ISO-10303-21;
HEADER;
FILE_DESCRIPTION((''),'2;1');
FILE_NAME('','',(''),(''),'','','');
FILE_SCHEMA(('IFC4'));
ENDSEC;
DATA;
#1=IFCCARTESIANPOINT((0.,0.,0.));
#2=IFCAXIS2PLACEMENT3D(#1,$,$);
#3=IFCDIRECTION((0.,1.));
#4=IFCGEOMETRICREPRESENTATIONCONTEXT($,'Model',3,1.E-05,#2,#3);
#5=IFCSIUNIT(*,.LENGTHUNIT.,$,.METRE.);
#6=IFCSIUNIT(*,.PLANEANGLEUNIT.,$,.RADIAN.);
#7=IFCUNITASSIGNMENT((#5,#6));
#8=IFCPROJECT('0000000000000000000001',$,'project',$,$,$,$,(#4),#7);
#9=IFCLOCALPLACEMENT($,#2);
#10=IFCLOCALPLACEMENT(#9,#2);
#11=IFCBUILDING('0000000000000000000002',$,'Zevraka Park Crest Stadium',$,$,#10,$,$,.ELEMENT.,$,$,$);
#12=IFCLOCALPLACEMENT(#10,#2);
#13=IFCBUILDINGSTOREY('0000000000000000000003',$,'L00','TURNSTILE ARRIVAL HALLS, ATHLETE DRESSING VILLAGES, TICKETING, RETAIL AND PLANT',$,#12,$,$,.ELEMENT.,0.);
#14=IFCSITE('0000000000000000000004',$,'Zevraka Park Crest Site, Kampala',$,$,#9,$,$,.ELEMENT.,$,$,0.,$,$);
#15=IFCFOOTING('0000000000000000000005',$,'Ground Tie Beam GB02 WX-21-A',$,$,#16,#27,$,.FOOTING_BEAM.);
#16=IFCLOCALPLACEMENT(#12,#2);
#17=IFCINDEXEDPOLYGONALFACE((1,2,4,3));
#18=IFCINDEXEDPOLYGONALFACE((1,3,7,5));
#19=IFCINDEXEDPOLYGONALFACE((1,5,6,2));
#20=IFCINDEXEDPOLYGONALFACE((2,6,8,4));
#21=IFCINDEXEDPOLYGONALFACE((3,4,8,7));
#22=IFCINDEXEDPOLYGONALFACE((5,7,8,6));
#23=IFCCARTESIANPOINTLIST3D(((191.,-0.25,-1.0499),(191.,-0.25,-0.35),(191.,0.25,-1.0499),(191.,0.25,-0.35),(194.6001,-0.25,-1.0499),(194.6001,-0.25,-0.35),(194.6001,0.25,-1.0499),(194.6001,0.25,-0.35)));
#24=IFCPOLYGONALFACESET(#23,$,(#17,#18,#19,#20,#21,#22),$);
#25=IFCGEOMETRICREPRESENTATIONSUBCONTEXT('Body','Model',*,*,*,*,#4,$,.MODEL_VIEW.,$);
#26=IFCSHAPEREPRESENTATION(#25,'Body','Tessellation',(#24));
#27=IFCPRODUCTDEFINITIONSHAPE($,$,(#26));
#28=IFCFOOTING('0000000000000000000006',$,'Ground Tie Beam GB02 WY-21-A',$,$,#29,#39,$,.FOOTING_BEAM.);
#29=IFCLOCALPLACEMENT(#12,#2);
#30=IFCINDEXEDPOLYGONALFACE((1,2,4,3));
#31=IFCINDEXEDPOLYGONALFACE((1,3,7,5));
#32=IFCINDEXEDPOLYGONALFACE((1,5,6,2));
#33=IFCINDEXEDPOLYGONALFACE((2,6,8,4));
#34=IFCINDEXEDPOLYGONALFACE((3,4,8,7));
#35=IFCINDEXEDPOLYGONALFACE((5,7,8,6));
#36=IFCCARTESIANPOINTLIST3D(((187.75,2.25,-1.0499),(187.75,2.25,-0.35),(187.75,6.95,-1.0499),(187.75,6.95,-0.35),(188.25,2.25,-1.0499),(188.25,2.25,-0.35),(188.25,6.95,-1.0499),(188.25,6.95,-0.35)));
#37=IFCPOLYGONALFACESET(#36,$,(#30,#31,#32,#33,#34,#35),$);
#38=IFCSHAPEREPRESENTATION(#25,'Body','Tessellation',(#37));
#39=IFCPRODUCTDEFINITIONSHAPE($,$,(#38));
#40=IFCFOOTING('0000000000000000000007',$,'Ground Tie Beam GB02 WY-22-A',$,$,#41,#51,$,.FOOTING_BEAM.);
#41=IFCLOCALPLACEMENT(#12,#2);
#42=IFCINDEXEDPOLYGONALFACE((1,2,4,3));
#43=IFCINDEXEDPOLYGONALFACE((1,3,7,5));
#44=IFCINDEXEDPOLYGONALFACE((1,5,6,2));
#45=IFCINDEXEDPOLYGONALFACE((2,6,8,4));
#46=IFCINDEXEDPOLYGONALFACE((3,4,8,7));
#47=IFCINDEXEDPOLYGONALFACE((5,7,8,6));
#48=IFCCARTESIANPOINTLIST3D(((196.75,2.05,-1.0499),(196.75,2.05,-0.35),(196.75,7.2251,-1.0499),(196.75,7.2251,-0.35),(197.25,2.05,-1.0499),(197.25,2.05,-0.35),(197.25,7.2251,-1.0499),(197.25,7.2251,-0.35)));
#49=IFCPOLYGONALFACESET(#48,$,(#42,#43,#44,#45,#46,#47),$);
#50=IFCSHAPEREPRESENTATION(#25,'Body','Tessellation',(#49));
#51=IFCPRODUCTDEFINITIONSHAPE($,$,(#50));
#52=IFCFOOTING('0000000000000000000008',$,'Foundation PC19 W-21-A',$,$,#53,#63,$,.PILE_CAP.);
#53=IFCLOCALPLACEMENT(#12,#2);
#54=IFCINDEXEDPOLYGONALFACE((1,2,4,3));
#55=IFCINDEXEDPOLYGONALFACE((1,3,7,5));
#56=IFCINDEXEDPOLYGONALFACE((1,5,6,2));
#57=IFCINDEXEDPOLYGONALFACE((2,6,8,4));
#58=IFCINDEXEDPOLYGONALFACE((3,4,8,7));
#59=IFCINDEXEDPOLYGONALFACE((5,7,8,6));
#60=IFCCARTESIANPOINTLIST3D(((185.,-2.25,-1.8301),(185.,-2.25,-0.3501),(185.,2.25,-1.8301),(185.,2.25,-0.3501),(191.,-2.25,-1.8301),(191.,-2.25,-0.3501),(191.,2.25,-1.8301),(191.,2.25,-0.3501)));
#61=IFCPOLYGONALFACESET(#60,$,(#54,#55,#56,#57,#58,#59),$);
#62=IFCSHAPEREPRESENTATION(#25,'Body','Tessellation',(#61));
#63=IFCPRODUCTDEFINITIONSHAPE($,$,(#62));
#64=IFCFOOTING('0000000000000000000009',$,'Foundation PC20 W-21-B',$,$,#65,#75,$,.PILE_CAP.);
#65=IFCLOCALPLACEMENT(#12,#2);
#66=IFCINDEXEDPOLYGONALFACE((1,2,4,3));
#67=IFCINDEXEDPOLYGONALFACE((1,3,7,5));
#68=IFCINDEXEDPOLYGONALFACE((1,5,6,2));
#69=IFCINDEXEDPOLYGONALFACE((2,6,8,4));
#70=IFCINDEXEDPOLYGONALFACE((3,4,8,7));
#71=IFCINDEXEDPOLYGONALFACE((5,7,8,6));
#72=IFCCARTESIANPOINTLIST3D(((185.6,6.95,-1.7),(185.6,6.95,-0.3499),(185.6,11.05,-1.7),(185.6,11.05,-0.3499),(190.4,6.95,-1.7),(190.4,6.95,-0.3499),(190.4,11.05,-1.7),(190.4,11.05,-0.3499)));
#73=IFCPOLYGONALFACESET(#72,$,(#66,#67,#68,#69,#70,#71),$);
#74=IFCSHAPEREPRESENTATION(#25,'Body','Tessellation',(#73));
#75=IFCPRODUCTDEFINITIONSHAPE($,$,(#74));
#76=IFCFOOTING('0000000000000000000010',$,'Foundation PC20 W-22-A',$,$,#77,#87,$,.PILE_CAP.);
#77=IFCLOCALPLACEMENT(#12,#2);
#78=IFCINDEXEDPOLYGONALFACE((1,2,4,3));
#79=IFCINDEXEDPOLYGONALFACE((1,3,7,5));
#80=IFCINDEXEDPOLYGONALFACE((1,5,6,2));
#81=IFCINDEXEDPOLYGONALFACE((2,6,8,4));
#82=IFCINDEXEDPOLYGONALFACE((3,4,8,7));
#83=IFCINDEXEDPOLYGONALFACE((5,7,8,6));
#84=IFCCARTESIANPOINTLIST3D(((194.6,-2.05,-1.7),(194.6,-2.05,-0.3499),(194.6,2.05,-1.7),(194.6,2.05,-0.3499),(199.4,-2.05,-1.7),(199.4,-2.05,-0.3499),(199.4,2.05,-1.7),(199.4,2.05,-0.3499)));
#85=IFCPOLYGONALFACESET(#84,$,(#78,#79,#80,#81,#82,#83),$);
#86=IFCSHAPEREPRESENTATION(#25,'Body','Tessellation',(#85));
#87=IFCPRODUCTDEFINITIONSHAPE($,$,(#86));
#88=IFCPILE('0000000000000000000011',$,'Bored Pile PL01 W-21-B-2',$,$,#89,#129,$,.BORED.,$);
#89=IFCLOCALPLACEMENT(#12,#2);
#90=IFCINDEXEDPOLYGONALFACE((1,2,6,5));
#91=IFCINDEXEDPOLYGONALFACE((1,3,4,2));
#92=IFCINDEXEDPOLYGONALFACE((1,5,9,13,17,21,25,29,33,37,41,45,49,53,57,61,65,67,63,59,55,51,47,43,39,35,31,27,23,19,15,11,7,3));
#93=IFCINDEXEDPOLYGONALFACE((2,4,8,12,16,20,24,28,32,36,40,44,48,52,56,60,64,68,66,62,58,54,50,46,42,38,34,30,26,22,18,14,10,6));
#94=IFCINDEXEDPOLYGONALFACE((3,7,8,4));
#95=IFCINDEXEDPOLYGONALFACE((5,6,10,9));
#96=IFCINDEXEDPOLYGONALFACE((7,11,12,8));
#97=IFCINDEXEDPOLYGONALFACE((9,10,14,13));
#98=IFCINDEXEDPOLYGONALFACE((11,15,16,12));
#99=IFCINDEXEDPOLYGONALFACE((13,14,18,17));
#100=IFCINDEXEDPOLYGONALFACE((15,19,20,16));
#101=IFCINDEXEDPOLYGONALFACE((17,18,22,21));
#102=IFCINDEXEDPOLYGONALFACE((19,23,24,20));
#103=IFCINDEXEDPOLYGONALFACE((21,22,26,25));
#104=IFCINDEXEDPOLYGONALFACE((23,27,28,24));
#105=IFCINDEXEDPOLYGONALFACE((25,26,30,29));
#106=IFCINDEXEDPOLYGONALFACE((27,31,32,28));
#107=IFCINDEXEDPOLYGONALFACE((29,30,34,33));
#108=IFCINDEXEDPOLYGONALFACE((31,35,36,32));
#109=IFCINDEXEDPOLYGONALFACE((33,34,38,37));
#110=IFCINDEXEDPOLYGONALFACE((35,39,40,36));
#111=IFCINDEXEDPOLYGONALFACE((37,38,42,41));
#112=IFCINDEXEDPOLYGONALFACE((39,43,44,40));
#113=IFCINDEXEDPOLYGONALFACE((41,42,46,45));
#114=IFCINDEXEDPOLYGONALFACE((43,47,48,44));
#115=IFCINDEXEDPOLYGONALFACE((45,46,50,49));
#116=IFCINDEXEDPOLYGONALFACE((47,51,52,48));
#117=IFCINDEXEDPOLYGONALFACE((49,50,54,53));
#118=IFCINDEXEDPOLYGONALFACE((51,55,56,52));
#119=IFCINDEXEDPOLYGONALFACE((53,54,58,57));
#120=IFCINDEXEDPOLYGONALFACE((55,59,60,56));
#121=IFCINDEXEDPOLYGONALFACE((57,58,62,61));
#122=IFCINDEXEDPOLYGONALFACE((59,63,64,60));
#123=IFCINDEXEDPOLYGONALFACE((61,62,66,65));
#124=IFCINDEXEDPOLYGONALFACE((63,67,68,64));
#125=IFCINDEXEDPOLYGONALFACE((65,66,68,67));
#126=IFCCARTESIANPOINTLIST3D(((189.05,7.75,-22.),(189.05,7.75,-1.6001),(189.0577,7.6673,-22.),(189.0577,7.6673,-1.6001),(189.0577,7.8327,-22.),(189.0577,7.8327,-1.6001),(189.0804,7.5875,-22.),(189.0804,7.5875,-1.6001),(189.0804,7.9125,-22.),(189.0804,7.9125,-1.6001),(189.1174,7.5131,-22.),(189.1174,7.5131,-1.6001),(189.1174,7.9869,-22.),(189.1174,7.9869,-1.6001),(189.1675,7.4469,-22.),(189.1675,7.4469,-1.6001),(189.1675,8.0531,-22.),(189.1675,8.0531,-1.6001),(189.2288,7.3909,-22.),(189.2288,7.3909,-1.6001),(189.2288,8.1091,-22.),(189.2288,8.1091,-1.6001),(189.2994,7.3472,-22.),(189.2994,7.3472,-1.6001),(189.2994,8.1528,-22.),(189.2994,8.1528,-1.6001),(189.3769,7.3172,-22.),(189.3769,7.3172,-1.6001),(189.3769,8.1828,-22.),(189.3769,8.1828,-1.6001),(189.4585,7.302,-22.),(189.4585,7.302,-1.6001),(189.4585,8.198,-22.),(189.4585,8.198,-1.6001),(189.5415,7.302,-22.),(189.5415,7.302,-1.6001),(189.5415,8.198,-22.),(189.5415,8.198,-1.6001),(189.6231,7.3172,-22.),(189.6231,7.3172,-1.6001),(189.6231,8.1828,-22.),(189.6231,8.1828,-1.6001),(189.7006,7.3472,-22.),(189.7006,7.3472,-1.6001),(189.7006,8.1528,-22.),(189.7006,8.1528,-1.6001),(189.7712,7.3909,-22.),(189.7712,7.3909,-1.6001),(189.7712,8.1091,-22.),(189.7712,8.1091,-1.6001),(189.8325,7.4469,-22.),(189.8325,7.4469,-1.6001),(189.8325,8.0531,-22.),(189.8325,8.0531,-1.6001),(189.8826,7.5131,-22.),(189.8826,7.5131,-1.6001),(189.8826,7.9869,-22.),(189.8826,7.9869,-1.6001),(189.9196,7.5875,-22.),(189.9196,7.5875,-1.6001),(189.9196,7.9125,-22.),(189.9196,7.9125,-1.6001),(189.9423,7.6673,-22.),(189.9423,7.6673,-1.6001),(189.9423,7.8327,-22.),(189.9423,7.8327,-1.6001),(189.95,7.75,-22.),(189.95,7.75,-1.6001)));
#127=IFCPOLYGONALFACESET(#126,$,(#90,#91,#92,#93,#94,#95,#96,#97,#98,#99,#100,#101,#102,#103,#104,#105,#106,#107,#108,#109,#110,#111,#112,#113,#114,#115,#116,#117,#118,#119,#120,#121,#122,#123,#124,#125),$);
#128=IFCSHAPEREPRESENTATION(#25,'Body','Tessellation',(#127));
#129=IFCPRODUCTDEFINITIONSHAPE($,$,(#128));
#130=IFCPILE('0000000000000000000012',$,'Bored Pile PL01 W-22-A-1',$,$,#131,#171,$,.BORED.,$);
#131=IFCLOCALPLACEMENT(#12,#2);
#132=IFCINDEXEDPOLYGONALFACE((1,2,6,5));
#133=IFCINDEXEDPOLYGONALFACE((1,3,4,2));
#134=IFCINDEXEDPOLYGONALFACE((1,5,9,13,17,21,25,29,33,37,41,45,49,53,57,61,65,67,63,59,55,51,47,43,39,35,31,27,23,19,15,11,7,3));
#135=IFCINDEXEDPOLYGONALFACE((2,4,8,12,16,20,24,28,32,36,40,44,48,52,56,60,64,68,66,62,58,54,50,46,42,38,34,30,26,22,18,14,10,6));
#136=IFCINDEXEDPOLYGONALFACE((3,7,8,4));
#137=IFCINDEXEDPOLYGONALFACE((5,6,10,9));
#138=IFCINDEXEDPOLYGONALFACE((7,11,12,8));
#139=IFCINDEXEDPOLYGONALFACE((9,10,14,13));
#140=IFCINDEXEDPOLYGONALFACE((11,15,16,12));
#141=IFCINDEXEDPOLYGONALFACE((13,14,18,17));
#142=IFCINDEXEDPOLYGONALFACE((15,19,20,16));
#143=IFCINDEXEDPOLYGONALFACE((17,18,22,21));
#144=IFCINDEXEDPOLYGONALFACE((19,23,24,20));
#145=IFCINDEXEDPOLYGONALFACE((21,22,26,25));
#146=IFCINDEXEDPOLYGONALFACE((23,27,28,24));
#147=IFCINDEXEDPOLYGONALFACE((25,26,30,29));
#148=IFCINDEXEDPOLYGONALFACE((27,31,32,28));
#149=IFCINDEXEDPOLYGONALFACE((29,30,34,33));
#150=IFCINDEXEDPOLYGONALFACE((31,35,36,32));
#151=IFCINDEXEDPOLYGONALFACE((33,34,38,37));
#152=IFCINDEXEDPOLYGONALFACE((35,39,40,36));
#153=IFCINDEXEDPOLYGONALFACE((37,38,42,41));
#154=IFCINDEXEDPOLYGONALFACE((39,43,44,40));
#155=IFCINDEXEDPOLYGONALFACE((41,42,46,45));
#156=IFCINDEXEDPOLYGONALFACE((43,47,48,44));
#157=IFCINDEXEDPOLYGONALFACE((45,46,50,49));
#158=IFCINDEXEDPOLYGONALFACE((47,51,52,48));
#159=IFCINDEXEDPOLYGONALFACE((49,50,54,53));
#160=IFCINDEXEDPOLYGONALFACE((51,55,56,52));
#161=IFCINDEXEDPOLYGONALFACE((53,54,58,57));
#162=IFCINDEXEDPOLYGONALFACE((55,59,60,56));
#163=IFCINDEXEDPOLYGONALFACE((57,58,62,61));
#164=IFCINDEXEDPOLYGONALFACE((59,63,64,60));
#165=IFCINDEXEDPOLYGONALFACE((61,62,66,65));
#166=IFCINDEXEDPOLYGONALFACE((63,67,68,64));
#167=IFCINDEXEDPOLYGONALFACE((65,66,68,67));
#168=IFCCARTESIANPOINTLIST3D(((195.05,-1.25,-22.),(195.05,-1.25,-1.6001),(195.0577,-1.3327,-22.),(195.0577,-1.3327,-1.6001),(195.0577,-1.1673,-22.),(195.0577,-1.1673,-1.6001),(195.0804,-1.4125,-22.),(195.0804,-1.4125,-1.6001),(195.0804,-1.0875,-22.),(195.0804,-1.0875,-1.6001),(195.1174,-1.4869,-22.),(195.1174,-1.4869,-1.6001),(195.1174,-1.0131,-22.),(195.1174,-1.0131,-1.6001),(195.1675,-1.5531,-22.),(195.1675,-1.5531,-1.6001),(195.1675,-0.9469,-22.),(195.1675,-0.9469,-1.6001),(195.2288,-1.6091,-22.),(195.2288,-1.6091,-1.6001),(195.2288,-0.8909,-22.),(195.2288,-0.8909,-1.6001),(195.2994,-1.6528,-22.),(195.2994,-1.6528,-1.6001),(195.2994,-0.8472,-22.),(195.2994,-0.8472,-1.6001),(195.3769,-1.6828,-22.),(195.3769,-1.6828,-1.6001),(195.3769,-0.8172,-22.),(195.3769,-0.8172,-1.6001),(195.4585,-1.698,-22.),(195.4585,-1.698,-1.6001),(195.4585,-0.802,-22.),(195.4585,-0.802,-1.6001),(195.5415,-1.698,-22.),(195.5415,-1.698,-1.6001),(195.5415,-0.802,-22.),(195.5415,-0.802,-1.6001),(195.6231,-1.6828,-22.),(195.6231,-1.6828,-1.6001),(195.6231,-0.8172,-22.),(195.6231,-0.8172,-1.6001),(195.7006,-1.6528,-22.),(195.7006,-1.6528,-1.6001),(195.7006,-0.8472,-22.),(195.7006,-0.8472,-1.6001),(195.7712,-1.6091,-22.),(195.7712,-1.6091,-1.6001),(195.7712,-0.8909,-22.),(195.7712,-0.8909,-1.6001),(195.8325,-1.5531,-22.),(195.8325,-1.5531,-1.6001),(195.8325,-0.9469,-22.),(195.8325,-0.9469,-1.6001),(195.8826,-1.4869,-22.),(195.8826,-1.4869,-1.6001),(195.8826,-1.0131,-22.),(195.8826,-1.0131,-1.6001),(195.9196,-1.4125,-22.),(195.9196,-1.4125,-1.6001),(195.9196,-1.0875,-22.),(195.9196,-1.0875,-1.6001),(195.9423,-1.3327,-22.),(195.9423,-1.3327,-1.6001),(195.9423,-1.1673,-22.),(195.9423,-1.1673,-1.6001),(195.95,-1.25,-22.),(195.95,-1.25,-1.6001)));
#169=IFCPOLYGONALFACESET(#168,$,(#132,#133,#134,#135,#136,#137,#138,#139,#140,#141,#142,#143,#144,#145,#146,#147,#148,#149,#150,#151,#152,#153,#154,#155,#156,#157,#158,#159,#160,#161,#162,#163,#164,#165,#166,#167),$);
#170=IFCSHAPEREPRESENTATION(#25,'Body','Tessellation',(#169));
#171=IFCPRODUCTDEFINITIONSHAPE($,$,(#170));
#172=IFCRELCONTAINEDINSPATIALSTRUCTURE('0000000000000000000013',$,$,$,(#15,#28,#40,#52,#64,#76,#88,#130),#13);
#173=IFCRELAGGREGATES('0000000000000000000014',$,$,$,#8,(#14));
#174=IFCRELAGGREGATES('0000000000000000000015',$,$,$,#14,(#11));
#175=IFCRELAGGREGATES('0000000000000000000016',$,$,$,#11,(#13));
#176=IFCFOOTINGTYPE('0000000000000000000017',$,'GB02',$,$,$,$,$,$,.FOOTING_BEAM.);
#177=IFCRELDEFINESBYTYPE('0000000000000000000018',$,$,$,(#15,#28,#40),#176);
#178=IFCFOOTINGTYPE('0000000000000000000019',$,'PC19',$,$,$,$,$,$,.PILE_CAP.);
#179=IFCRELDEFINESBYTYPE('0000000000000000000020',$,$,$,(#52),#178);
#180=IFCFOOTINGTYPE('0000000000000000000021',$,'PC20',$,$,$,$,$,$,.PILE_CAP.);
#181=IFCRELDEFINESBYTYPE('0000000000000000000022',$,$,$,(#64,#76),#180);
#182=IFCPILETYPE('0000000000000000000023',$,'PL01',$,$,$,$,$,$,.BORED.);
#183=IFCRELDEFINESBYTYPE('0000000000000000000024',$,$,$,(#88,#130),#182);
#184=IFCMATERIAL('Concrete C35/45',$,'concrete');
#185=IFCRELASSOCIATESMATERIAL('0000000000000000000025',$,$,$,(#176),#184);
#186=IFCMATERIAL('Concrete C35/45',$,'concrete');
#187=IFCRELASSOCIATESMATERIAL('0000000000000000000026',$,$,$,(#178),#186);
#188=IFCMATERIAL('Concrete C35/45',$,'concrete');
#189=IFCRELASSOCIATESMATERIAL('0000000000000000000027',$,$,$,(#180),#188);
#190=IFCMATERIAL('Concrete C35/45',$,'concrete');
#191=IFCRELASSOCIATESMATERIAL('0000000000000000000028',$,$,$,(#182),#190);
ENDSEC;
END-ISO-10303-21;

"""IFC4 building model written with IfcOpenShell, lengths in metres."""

from ifc_helpers import new_model, si_unit, direction, frame, origin, origin_2d, place, context, subcontext, project, spatial, rectangle, circle, extrude, material, material_profile, profile_set, type_object, element, save


model = new_model("IFC4")

# Units and contexts
model_context = context("Model", 3, precision=1e-05, world=origin(), true_north=direction((0.0, 1.0)))
body_context = subcontext(model_context, "Body", "Model", "MODEL_VIEW")
ifc_project = project(units=[si_unit("LENGTHUNIT", "METRE"), si_unit("PLANEANGLEUNIT", "RADIAN")], contexts=[model_context])

# Site, building, storey
site_placement = place(None, origin())
site = spatial("IfcSite", under=ifc_project, at=site_placement, Name="Zevraka Park Crest Site, Kampala", CompositionType="ELEMENT", RefElevation=0.0)
building_placement = place(site_placement, origin())
building = spatial("IfcBuilding", under=site, at=building_placement, Name="Zevraka Park Crest Stadium", CompositionType="ELEMENT")
storey_placement = place(building_placement, origin())
storey = spatial("IfcBuildingStorey", under=building, at=storey_placement, Name="L00", Description="TURNSTILE ARRIVAL HALLS, ATHLETE DRESSING VILLAGES, TICKETING, RETAIL AND PLANT", CompositionType="ELEMENT", Elevation=0.0)

# Footings
ifc_material_1 = material(Name="Concrete C35/45", Category="concrete")
ifc_material_profile_1 = material_profile(ifc_material_1, rectangle(XDim=0.5, YDim=0.7, at=origin_2d()), Name="GB 700x500")
ifc_profile_set_1 = profile_set([ifc_material_profile_1], Name="Concrete C35/45")
footing_type_1 = type_object("IfcFootingType", Name="GB02", PredefinedType="FOOTING_BEAM", material=ifc_profile_set_1)
footing_1_placement = place(storey_placement, frame((191.0, 0.0, -0.7), z_axis=(1.0, 0.0, 0.0), x_axis=(0.0, 1.0, 0.0)))
element("IfcFooting", 1, at=footing_1_placement, inside=storey, type_object=footing_type_1, Name="Ground Tie Beam GB02 WX-21-A", PredefinedType="FOOTING_BEAM", context=body_context, shape_type="SweptSolid", body=[
    extrude(rectangle(XDim=0.5, YDim=0.7, at=origin_2d()), origin(), (0.0, 0.0, 1.0), 3.6001),
])
footing_2_placement = place(storey_placement, frame((188.0, 2.25, -0.7), z_axis=(0.0, 1.0, 0.0), x_axis=(-1.0, 0.0, 0.0)))
element("IfcFooting", 2, at=footing_2_placement, inside=storey, type_object=footing_type_1, Name="Ground Tie Beam GB02 WY-21-A", PredefinedType="FOOTING_BEAM", context=body_context, shape_type="SweptSolid", body=[
    extrude(rectangle(XDim=0.5, YDim=0.7, at=origin_2d()), origin(), (0.0, 0.0, 1.0), 4.7),
])
footing_3_placement = place(storey_placement, frame((197.0, 2.05, -0.7), z_axis=(0.0, 1.0, 0.0), x_axis=(-1.0, 0.0, 0.0)))
element("IfcFooting", 3, at=footing_3_placement, inside=storey, type_object=footing_type_1, Name="Ground Tie Beam GB02 WY-22-A", PredefinedType="FOOTING_BEAM", context=body_context, shape_type="SweptSolid", body=[
    extrude(rectangle(XDim=0.5, YDim=0.7, at=origin_2d()), origin(), (0.0, 0.0, 1.0), 5.175),
])
ifc_material_2 = material(Name="Concrete C35/45", Category="concrete")
footing_type_2 = type_object("IfcFootingType", Name="PC19", PredefinedType="PILE_CAP", material=ifc_material_2)
footing_4_placement = place(storey_placement, frame((188.0, 0.0, -1.8301), z_axis=(0.0, 0.0, 1.0), x_axis=(1.0, 0.0, 0.0)))
element("IfcFooting", 4, at=footing_4_placement, inside=storey, type_object=footing_type_2, Name="Foundation PC19 W-21-A", PredefinedType="PILE_CAP", context=body_context, shape_type="SweptSolid", body=[
    extrude(rectangle(XDim=6.0, YDim=4.5, at=origin_2d()), origin(), (0.0, 0.0, 1.0), 1.48),
])
ifc_material_3 = material(Name="Concrete C35/45", Category="concrete")
footing_type_3 = type_object("IfcFootingType", Name="PC20", PredefinedType="PILE_CAP", material=ifc_material_3)
for number, where, z_axis, x_axis, name in (
    (5, (188.0, 9.0, -1.7), (0.0, 0.0, 1.0), (1.0, 0.0, 0.0), "Foundation PC20 W-21-B"),
    (6, (197.0, 0.0, -1.7), (0.0, 0.0, 1.0), (1.0, 0.0, 0.0), "Foundation PC20 W-22-A"),
):
    element("IfcFooting", number, at=place(storey_placement, frame(where, z_axis=z_axis, x_axis=x_axis)), inside=storey, type_object=footing_type_3, Name=name, PredefinedType="PILE_CAP", context=body_context, shape_type="SweptSolid", body=[
        extrude(rectangle(XDim=4.8, YDim=4.1001, at=origin_2d()), origin(), (0.0, 0.0, 1.0), 1.3501),
    ])

# Piles
ifc_material_4 = material(Name="Concrete C35/45", Category="concrete")
ifc_material_profile_2 = material_profile(ifc_material_4, circle(Radius=0.45, at=origin_2d()), Name="PILE D900")
ifc_profile_set_2 = profile_set([ifc_material_profile_2], Name="Concrete C35/45")
pile_type_1 = type_object("IfcPileType", Name="PL01", PredefinedType="BORED", material=ifc_profile_set_2)
for number, where, z_axis, x_axis, name in (
    (7, (189.5, 7.75, -1.6001), (0.0, 0.0, -1.0), (1.0, 0.0, 0.0), "Bored Pile PL01 W-21-B-2"),
    (8, (195.5, -1.25, -1.6001), (0.0, 0.0, -1.0), (1.0, 0.0, 0.0), "Bored Pile PL01 W-22-A-1"),
):
    element("IfcPile", number, at=place(storey_placement, frame(where, z_axis=z_axis, x_axis=x_axis)), inside=storey, type_object=pile_type_1, Name=name, PredefinedType="BORED", context=body_context, shape_type="SweptSolid", body=[
        extrude(circle(Radius=0.45, at=origin_2d()), origin(), (0.0, 0.0, 1.0), 20.3999),
    ])

save(model, "model.ifc")
